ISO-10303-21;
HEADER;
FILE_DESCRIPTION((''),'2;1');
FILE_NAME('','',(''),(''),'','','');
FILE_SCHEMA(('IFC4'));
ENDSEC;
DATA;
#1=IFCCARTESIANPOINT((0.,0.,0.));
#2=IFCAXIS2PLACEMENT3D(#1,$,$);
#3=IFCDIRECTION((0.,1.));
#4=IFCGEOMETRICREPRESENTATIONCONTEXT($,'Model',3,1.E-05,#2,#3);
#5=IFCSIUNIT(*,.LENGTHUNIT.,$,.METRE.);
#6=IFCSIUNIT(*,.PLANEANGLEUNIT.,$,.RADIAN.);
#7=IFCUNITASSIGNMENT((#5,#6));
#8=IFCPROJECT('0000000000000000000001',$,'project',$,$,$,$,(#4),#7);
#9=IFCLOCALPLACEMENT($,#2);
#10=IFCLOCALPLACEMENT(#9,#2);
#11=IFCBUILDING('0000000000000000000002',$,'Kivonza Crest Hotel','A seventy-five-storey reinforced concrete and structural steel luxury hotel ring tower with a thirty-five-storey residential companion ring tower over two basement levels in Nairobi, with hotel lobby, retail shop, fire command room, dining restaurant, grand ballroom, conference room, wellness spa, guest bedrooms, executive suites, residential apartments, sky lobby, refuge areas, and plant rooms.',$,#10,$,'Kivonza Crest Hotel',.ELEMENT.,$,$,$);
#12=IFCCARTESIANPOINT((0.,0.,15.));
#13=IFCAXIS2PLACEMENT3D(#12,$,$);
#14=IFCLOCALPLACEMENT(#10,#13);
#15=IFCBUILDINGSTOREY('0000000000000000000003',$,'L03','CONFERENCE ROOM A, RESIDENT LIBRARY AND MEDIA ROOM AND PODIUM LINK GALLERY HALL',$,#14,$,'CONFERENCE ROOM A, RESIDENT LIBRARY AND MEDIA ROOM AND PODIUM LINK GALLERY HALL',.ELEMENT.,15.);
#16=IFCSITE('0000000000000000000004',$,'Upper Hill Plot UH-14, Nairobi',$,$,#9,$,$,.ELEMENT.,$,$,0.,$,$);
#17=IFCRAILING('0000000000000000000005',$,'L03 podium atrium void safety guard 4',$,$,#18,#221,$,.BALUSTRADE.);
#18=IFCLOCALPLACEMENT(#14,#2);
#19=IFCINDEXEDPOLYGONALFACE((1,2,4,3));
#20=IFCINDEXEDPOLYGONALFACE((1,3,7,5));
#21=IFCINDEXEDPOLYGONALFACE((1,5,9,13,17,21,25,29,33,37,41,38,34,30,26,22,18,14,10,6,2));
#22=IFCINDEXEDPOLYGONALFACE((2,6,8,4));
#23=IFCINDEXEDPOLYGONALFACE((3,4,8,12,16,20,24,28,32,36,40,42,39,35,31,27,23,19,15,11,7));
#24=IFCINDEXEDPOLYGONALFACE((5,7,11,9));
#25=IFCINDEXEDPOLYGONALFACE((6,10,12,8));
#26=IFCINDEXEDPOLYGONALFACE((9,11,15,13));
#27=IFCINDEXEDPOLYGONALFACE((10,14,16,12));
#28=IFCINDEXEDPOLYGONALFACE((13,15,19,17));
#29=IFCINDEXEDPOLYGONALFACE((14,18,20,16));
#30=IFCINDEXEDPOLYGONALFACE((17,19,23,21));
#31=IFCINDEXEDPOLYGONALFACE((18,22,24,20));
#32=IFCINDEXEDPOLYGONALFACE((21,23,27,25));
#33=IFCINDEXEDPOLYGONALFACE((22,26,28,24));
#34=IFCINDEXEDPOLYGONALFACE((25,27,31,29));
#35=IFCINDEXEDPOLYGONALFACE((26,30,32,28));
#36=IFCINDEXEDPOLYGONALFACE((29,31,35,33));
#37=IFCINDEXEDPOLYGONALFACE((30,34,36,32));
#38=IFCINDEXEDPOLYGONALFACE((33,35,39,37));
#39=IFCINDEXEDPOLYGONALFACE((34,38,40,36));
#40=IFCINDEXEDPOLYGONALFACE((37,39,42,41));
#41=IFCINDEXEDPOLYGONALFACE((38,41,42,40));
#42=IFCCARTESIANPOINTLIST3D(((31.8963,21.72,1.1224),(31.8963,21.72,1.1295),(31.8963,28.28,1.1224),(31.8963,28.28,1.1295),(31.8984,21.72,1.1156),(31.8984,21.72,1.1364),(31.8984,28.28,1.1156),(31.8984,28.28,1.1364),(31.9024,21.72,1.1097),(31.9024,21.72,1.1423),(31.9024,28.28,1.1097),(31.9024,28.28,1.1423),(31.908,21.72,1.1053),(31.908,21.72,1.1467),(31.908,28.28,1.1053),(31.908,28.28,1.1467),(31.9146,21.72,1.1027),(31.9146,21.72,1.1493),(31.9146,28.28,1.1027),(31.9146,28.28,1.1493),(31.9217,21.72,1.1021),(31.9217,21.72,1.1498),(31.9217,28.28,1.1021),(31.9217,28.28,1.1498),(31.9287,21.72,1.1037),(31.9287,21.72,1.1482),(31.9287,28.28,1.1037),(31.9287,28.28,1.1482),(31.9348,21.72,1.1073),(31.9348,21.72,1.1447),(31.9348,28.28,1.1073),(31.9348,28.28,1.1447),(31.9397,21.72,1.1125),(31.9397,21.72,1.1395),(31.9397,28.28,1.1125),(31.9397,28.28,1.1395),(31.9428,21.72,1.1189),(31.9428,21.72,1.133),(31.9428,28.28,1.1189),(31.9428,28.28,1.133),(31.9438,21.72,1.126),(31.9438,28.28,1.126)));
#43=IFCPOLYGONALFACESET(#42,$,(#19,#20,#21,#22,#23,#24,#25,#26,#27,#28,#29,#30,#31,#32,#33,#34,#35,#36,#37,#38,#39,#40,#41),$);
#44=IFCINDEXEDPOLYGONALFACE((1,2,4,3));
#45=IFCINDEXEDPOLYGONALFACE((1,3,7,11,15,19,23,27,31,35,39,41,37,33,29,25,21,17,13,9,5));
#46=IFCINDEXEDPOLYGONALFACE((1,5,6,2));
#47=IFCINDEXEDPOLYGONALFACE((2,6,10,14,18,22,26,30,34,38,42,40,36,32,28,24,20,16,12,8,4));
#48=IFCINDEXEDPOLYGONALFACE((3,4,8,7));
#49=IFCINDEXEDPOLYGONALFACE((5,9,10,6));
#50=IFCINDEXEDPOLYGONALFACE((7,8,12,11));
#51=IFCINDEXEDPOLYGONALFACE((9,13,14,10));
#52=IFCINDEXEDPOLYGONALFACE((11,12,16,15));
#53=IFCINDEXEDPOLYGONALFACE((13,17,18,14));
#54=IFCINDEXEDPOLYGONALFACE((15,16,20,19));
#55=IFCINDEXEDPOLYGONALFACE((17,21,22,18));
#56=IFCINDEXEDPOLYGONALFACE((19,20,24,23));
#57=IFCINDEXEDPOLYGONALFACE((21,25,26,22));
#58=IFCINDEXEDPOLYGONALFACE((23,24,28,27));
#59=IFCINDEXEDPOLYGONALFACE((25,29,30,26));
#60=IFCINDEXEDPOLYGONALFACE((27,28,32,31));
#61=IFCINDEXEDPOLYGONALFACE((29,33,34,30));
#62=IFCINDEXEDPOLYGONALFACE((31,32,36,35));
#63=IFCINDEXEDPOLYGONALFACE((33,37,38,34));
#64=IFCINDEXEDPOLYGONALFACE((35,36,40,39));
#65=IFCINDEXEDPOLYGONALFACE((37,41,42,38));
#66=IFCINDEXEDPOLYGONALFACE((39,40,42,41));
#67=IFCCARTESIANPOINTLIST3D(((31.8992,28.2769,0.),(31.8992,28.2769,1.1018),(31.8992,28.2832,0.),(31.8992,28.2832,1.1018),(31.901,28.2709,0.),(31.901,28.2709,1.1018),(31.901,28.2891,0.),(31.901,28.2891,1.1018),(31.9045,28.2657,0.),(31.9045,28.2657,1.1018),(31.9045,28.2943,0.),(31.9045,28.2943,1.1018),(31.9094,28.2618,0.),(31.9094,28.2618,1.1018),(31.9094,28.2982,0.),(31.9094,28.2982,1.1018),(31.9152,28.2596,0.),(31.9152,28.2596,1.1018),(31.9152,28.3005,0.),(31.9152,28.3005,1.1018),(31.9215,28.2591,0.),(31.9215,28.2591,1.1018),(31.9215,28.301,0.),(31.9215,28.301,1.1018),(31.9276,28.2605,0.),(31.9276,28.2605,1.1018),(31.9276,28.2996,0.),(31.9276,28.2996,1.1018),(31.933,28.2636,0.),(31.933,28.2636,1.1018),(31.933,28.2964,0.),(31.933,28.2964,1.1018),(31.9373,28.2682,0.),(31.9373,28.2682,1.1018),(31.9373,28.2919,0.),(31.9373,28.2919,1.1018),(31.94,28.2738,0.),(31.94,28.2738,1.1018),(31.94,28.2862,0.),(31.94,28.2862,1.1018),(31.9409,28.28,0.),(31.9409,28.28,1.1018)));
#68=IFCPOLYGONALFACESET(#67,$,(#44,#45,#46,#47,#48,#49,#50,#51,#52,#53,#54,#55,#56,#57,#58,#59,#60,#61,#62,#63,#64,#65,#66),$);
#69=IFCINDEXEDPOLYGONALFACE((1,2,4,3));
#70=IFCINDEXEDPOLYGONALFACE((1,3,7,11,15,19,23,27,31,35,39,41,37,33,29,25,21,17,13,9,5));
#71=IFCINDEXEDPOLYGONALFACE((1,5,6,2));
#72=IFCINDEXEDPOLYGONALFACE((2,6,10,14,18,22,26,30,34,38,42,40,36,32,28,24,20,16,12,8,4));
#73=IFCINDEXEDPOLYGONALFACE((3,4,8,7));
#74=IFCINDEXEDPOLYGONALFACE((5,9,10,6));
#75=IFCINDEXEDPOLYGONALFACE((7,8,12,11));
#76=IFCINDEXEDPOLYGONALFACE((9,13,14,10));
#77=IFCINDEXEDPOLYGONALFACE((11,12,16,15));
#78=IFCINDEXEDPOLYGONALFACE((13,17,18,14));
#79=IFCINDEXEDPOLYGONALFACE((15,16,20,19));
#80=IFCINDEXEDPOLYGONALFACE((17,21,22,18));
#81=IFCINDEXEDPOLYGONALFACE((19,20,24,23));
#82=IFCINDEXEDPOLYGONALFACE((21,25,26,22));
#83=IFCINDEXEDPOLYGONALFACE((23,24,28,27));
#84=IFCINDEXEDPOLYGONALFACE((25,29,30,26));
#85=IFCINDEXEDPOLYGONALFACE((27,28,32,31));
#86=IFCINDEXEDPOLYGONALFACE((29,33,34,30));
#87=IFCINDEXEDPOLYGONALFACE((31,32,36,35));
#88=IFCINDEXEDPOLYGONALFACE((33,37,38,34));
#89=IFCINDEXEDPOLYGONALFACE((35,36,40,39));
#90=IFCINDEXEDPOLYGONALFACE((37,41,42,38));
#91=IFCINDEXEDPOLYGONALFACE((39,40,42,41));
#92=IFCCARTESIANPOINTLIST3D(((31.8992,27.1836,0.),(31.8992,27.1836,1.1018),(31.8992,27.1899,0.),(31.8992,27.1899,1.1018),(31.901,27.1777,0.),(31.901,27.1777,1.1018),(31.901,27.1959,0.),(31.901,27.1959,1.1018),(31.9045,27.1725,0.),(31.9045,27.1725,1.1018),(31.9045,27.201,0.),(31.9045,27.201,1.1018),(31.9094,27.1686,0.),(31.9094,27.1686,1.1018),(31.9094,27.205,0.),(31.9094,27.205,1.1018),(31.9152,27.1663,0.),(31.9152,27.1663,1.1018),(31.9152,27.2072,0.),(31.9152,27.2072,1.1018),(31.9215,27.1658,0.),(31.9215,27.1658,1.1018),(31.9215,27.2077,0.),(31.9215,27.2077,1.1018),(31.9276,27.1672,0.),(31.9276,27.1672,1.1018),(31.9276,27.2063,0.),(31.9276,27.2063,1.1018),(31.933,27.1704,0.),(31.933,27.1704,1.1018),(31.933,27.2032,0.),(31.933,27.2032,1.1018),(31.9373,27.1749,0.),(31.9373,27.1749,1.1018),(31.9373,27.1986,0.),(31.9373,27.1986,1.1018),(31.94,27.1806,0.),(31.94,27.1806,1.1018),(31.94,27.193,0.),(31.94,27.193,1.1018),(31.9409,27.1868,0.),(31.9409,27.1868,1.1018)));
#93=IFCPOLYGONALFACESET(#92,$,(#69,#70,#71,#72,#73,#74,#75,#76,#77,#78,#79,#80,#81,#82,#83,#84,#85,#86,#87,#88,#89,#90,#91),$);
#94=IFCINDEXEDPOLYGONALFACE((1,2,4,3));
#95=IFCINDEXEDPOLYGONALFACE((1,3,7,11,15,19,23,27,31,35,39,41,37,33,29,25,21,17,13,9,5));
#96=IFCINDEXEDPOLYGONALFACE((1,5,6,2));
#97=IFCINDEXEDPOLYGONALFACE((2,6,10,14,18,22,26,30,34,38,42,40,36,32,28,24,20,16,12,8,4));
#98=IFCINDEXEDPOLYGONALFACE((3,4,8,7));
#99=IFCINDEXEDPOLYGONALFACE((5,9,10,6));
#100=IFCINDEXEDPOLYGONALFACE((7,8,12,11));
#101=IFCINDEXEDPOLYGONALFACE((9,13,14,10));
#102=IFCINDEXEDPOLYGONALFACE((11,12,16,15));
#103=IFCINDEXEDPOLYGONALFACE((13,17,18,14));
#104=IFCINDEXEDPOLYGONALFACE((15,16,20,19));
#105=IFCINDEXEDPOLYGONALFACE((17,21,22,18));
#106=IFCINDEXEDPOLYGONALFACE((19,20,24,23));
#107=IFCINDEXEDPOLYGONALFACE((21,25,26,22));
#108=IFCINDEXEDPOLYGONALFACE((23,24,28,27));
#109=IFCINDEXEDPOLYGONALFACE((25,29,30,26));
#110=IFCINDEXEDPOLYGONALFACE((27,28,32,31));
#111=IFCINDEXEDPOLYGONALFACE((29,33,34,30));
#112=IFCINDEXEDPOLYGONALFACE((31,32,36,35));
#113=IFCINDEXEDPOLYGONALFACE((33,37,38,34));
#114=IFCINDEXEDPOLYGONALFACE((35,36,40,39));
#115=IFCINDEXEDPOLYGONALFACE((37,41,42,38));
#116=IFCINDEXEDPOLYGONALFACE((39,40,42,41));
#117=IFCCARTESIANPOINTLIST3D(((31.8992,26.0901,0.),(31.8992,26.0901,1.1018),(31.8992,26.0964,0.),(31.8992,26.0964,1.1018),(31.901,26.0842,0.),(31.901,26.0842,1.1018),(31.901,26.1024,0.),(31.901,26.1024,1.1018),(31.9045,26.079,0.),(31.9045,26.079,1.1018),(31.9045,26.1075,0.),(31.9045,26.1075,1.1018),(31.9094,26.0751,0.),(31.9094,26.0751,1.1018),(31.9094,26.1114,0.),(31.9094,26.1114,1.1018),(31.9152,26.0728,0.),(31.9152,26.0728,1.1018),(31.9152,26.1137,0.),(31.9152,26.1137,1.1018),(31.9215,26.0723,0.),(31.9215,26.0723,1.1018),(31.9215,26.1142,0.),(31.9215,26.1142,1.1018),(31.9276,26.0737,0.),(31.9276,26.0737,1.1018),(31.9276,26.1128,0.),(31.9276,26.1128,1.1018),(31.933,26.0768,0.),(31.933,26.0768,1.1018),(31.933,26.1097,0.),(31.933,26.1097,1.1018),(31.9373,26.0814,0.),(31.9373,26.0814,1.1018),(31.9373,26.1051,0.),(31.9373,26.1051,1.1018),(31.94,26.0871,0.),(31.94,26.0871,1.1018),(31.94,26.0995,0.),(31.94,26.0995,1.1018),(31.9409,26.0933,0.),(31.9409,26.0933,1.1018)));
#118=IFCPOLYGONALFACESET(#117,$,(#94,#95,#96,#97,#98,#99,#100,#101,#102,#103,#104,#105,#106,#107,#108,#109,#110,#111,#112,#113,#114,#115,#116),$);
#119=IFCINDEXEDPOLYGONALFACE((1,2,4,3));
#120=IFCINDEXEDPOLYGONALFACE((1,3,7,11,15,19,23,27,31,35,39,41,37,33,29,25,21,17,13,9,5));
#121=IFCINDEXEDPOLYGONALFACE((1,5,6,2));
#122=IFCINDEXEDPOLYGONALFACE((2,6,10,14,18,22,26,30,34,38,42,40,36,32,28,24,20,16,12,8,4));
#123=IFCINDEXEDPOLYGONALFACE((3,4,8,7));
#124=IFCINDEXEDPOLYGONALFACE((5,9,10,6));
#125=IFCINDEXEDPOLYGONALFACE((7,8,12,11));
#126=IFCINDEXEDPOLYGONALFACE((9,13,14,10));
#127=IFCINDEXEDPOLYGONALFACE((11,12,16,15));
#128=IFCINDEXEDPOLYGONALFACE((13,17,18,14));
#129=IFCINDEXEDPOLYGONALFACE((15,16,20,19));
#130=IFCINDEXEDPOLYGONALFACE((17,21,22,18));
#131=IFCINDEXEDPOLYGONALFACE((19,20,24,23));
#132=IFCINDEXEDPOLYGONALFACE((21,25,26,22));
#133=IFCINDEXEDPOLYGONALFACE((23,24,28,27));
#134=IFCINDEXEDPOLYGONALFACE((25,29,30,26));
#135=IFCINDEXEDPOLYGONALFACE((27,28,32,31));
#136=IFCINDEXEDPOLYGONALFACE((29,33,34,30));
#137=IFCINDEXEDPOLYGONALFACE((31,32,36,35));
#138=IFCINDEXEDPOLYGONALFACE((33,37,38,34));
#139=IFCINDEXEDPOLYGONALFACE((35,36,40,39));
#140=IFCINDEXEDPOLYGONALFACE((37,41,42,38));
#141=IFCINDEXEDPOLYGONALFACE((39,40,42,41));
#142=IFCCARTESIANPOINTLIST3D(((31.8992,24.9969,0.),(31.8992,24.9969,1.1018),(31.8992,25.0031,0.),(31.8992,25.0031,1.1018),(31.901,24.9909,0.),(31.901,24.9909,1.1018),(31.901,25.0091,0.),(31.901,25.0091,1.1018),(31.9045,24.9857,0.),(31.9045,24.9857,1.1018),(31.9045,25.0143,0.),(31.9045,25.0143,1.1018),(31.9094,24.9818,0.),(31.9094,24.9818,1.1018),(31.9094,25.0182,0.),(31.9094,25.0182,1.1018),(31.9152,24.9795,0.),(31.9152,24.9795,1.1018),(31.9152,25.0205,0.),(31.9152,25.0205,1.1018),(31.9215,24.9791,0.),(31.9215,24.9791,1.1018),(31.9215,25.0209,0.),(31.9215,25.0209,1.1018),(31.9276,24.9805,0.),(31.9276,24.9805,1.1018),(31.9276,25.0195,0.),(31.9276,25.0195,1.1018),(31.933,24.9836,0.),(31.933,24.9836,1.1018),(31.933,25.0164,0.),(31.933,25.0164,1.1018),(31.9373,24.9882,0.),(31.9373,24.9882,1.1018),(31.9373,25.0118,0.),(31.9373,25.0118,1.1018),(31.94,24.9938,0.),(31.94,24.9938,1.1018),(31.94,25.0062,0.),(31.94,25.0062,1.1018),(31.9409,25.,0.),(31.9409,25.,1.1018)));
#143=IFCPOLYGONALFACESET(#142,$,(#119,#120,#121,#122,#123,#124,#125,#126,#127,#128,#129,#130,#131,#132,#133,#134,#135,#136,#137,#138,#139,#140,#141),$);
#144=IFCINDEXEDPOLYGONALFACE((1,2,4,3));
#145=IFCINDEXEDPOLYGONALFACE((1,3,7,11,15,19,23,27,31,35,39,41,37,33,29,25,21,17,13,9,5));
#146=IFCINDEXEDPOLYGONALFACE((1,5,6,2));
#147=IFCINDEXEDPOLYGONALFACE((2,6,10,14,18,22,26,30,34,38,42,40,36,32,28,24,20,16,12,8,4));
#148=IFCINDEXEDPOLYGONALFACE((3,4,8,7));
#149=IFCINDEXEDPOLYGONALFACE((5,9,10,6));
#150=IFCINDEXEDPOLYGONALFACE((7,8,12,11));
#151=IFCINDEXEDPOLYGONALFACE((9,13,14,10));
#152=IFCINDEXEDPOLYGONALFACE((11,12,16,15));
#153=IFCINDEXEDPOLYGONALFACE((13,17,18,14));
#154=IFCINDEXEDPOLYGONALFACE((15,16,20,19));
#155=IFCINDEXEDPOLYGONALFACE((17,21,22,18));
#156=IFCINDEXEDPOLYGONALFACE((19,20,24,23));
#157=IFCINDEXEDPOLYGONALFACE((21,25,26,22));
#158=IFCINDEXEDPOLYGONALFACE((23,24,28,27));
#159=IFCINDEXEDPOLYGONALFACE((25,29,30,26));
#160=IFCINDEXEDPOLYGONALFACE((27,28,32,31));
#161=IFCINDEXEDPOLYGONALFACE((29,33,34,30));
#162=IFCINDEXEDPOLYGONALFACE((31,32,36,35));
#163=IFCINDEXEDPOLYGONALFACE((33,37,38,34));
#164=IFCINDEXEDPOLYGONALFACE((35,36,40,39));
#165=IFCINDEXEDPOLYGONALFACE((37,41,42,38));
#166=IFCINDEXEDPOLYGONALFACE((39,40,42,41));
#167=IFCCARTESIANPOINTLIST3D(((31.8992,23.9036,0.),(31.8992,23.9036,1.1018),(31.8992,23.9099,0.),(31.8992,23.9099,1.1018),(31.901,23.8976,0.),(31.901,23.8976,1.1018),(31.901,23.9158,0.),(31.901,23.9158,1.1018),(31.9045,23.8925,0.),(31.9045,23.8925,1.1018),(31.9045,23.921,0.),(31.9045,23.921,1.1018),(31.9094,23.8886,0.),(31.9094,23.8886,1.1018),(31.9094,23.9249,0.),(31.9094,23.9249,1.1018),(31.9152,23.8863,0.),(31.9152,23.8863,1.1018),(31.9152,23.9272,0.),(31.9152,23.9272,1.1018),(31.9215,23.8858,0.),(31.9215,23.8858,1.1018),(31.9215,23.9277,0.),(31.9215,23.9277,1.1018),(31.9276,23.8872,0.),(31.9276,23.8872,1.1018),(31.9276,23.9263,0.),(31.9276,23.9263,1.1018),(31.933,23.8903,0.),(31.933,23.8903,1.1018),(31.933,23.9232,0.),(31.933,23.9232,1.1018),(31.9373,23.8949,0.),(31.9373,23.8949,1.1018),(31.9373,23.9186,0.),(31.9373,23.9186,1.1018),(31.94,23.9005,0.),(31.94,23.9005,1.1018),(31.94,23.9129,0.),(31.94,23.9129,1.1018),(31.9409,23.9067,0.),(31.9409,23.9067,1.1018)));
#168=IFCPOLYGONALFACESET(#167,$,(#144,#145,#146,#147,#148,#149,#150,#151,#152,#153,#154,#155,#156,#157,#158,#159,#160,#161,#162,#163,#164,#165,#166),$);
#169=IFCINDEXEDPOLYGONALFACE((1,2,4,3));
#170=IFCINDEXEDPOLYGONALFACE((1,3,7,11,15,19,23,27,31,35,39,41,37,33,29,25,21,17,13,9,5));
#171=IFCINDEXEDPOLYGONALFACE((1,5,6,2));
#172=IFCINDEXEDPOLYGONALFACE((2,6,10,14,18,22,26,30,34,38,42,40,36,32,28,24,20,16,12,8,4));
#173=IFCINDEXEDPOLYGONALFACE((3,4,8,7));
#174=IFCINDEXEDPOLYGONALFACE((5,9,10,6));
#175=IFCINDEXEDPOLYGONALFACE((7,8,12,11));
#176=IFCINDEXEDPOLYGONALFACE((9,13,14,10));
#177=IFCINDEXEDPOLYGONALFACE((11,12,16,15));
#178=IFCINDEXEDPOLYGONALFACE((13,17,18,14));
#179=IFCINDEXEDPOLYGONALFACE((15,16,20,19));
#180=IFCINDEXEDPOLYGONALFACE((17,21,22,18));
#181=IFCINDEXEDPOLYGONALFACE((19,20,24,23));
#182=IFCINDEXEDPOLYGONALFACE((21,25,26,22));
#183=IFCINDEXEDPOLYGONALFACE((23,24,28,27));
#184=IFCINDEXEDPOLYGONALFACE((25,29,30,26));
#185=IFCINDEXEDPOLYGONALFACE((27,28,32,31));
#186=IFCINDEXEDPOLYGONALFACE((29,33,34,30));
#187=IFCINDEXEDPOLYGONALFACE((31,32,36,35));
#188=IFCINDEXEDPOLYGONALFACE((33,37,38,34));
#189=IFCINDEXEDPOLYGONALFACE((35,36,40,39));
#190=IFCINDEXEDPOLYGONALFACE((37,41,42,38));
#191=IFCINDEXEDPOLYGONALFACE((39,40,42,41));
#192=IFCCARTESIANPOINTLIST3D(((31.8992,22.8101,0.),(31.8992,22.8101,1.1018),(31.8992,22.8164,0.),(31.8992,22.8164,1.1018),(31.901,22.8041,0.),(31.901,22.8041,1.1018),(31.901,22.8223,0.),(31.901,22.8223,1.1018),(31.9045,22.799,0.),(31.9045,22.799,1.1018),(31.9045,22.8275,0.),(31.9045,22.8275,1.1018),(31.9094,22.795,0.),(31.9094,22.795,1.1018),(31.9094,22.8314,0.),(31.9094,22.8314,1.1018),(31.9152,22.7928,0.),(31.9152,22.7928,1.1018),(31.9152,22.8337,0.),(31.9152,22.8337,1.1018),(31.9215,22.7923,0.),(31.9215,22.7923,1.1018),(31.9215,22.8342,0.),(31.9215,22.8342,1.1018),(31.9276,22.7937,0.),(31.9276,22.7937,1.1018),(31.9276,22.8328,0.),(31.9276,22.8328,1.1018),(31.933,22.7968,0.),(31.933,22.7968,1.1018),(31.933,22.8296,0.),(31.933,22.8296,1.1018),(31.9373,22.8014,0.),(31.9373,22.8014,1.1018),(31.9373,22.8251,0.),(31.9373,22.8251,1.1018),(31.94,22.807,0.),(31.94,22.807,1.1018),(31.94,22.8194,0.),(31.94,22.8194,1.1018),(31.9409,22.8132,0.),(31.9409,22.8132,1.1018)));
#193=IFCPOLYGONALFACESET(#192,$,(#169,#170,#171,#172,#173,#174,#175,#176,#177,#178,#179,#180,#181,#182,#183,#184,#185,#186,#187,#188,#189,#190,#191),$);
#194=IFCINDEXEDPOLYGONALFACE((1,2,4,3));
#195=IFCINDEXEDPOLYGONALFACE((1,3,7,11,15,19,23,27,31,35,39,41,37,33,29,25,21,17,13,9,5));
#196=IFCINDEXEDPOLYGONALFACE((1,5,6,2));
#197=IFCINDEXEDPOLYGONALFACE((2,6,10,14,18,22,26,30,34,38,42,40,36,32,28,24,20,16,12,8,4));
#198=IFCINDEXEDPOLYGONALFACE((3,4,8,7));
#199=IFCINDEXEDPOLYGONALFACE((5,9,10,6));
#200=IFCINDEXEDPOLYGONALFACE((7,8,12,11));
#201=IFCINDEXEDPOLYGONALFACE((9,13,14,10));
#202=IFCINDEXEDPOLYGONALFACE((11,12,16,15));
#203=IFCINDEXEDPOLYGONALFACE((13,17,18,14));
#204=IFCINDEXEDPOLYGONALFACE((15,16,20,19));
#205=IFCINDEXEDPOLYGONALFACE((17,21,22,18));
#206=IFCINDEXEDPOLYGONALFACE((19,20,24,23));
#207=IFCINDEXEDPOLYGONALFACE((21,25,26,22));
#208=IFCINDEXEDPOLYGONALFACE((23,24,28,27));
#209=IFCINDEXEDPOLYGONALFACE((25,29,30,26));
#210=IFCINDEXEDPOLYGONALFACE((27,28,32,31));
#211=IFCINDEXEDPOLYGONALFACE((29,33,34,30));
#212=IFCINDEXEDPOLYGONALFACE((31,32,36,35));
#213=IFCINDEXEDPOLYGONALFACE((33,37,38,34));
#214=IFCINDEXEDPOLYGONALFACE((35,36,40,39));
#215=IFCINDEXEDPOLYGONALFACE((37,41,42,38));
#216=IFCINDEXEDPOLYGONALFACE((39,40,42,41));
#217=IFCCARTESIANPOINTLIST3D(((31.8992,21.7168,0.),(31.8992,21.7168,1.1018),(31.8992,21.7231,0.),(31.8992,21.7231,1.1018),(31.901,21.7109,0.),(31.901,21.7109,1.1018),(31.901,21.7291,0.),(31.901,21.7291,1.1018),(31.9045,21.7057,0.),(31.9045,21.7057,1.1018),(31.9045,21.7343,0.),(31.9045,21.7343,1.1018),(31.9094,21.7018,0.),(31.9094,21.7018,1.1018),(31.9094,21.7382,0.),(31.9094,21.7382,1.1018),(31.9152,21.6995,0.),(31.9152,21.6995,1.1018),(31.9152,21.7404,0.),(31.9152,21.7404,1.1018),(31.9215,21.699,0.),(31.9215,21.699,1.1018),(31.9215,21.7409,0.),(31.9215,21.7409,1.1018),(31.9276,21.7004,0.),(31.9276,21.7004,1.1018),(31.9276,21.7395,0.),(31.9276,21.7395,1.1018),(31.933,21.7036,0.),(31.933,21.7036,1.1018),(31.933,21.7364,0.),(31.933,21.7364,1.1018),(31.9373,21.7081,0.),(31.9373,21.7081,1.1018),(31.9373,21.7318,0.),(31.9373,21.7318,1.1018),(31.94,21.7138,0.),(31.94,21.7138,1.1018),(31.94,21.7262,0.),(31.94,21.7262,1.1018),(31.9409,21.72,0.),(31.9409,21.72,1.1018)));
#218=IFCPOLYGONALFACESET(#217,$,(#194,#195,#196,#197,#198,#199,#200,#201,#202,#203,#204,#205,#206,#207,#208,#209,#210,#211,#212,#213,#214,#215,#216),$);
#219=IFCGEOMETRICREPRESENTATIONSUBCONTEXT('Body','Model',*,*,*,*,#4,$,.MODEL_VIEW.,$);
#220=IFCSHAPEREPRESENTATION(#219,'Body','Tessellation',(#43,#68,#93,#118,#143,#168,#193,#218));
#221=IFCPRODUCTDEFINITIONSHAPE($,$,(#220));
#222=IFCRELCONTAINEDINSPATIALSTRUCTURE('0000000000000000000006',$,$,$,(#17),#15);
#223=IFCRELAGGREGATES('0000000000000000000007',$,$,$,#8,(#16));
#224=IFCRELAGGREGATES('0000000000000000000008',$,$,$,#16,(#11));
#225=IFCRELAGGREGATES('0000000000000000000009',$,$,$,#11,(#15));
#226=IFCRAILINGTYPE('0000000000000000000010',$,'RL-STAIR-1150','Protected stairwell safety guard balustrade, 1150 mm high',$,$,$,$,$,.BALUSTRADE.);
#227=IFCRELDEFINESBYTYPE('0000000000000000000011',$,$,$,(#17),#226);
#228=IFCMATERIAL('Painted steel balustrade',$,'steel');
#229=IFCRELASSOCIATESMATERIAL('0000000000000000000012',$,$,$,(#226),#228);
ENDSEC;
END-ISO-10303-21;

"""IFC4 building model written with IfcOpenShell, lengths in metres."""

from ifc_helpers import new_model, si_unit, direction, frame, origin, origin_2d, place, context, subcontext, project, spatial, circle, extrude, material, type_object, element, save


model = new_model("IFC4")

# Units and contexts
model_context = context("Model", 3, precision=1e-05, world=origin(), true_north=direction((0.0, 1.0)))
body_context = subcontext(model_context, "Body", "Model", "MODEL_VIEW")
ifc_project = project(units=[si_unit("LENGTHUNIT", "METRE"), si_unit("PLANEANGLEUNIT", "RADIAN")], contexts=[model_context])

# Site, building, storey
site_placement = place(None, origin())
site = spatial("IfcSite", under=ifc_project, at=site_placement, Name="Upper Hill Plot UH-14, Nairobi", CompositionType="ELEMENT", RefElevation=0.0)
building_placement = place(site_placement, origin())
building = spatial("IfcBuilding", under=site, at=building_placement, Name="Kivonza Crest Hotel", Description="A seventy-five-storey reinforced concrete and structural steel luxury hotel ring tower with a thirty-five-storey residential companion ring tower over two basement levels in Nairobi, with hotel lobby, retail shop, fire command room, dining restaurant, grand ballroom, conference room, wellness spa, guest bedrooms, executive suites, residential apartments, sky lobby, refuge areas, and plant rooms.", LongName="Kivonza Crest Hotel", CompositionType="ELEMENT")
storey_placement = place(building_placement, frame((0.0, 0.0, 15.0)))
storey = spatial("IfcBuildingStorey", under=building, at=storey_placement, Name="L03", Description="CONFERENCE ROOM A, RESIDENT LIBRARY AND MEDIA ROOM AND PODIUM LINK GALLERY HALL", LongName="CONFERENCE ROOM A, RESIDENT LIBRARY AND MEDIA ROOM AND PODIUM LINK GALLERY HALL", CompositionType="ELEMENT", Elevation=15.0)

# Railing
ifc_material_1 = material(Name="Painted steel balustrade", Category="steel")
railing_type = type_object("IfcRailingType", Name="RL-STAIR-1150", Description="Protected stairwell safety guard balustrade, 1150 mm high", PredefinedType="BALUSTRADE", material=ifc_material_1)
railing_1_placement = place(storey_placement, frame((31.9199, 28.28, 0.0)))
element("IfcRailing", 1, at=railing_1_placement, inside=storey, type_object=railing_type, Name="L03 podium atrium void safety guard 4", PredefinedType="BALUSTRADE", context=body_context, shape_type="SweptSolid", body=[
    extrude(circle(Radius=0.0239, at=origin_2d()), frame((0.0, 0.0, 1.126), z_axis=(0.0, -1.0, 0.0), x_axis=(1.0, 0.0, 0.0)), (0.0, 0.0, 1.0), 6.5601),
    extrude(circle(Radius=0.021, at=origin_2d()), origin(), (0.0, 0.0, 1.0), 1.1018),
    extrude(circle(Radius=0.021, at=origin_2d()), frame((0.0, -1.0933, 0.0)), (0.0, 0.0, 1.0), 1.1018),
    extrude(circle(Radius=0.021, at=origin_2d()), frame((0.0, -2.1868, 0.0)), (0.0, 0.0, 1.0), 1.1018),
    extrude(circle(Radius=0.021, at=origin_2d()), frame((0.0, -3.28, 0.0)), (0.0, 0.0, 1.0), 1.1018),
    extrude(circle(Radius=0.021, at=origin_2d()), frame((0.0, -4.3733, 0.0)), (0.0, 0.0, 1.0), 1.1018),
    extrude(circle(Radius=0.021, at=origin_2d()), frame((0.0, -5.4668, 0.0)), (0.0, 0.0, 1.0), 1.1018),
    extrude(circle(Radius=0.021, at=origin_2d()), frame((0.0, -6.5601, 0.0)), (0.0, 0.0, 1.0), 1.1018),
])

save(model, "model.ifc")
